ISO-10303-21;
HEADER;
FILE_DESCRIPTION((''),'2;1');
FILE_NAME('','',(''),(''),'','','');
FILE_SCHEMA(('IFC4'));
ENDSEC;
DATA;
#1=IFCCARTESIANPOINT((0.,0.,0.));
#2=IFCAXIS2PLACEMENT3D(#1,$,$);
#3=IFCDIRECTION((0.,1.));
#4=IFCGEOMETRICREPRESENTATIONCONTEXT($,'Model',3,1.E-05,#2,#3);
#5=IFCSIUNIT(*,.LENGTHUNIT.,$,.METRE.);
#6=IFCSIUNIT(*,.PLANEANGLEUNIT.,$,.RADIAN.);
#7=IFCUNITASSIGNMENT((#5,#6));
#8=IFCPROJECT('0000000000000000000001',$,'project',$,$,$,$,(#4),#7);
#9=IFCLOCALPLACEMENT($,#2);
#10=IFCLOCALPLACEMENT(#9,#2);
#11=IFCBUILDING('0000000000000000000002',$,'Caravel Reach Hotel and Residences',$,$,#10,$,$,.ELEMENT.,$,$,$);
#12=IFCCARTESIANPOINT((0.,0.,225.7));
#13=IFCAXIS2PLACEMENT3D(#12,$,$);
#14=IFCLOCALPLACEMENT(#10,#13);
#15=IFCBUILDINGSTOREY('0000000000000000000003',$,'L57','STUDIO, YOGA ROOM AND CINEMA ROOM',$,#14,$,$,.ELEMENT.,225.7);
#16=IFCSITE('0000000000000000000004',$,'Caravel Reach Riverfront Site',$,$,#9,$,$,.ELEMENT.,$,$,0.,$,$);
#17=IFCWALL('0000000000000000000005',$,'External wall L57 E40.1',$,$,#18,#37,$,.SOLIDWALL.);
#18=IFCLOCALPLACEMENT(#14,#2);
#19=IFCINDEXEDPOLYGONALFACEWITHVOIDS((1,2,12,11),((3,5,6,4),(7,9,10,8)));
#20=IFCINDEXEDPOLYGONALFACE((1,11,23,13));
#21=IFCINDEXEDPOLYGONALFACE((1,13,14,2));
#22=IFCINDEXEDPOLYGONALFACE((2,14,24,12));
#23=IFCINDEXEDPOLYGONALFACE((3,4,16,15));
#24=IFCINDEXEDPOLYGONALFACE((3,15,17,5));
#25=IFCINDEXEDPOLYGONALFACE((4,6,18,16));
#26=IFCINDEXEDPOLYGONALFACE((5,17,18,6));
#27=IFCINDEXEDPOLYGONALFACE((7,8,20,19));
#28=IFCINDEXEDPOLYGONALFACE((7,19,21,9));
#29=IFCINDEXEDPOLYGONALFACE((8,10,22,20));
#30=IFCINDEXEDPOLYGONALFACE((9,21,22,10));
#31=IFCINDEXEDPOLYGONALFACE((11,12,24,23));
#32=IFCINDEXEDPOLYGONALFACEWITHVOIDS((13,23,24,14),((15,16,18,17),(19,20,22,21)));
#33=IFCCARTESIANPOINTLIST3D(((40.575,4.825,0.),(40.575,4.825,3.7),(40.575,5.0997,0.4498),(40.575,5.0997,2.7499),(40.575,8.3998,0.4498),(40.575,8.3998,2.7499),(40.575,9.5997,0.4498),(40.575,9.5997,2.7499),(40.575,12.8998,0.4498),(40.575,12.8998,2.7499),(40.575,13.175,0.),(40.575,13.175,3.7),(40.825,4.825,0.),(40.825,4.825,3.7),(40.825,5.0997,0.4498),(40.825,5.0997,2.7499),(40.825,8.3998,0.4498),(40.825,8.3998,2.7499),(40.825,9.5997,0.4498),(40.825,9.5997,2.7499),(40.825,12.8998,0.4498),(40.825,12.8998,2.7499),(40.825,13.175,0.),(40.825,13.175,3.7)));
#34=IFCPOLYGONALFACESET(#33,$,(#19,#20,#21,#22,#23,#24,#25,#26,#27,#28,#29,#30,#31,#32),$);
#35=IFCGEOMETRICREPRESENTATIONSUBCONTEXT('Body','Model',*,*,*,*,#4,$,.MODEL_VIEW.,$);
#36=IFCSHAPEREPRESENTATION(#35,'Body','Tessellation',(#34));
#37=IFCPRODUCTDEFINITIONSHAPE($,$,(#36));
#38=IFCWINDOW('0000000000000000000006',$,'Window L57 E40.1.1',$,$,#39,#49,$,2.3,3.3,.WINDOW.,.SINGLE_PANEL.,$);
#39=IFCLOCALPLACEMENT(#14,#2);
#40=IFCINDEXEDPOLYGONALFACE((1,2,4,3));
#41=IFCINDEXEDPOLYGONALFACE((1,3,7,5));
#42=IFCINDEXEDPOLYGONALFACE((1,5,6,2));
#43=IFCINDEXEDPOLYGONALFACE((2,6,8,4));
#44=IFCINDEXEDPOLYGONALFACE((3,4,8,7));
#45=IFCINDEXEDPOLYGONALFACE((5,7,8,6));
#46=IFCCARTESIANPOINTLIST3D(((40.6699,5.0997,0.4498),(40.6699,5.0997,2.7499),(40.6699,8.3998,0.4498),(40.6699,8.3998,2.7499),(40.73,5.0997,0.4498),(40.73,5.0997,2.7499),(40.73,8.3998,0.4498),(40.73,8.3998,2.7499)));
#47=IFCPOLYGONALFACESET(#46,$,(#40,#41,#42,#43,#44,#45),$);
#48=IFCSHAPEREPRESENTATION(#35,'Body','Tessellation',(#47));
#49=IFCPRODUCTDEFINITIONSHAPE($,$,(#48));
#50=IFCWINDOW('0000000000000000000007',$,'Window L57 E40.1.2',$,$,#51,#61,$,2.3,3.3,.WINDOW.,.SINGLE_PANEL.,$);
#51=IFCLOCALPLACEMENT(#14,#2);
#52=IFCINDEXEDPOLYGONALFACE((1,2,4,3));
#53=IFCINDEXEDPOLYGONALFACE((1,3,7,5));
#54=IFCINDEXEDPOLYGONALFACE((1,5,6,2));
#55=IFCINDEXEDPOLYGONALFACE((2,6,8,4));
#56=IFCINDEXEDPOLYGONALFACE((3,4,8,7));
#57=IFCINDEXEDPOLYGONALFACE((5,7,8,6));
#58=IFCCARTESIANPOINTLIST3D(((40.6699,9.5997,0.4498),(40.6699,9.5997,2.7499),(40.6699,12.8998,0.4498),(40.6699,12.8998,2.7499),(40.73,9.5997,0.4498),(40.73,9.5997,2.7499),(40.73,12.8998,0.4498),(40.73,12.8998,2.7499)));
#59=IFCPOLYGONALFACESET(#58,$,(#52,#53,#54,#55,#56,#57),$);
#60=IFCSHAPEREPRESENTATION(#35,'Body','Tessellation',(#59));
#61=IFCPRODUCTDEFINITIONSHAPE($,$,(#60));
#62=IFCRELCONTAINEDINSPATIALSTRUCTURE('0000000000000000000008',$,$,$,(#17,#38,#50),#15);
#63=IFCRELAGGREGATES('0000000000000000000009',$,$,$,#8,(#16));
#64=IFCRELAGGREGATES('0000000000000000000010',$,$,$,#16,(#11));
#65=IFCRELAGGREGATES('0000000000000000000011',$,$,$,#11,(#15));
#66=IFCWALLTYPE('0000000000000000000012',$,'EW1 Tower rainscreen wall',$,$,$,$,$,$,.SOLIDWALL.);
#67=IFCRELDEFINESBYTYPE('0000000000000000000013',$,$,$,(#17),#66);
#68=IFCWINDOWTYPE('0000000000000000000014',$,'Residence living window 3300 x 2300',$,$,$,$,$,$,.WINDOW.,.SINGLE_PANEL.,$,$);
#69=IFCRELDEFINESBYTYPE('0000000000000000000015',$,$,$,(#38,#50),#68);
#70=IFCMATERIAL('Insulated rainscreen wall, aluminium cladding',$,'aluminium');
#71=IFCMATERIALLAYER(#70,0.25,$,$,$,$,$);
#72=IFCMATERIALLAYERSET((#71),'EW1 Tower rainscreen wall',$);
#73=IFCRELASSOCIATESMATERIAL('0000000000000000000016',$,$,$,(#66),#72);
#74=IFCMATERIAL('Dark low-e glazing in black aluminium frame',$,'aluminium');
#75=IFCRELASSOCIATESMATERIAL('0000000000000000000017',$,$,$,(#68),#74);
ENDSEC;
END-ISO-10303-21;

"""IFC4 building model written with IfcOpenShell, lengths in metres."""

from ifc_helpers import new_model, si_unit, direction, frame, frame_2d, origin, place, context, subcontext, project, spatial, rectangle, extrude, material, layer, layer_set, type_object, element, fill, save


model = new_model("IFC4")

# Units and contexts
model_context = context("Model", 3, precision=1e-05, world=origin(), true_north=direction((0.0, 1.0)))
body_context = subcontext(model_context, "Body", "Model", "MODEL_VIEW")
ifc_project = project(units=[si_unit("LENGTHUNIT", "METRE"), si_unit("PLANEANGLEUNIT", "RADIAN")], contexts=[model_context])

# Site, building, storey
site_placement = place(None, origin())
site = spatial("IfcSite", under=ifc_project, at=site_placement, Name="Caravel Reach Riverfront Site", CompositionType="ELEMENT", RefElevation=0.0)
building_placement = place(site_placement, origin())
building = spatial("IfcBuilding", under=site, at=building_placement, Name="Caravel Reach Hotel and Residences", CompositionType="ELEMENT")
storey_placement = place(building_placement, frame((0.0, 0.0, 225.7)))
storey = spatial("IfcBuildingStorey", under=building, at=storey_placement, Name="L57", Description="STUDIO, YOGA ROOM AND CINEMA ROOM", CompositionType="ELEMENT", Elevation=225.7)

# Shared definitions
ifc_material_1 = material(Name="Insulated rainscreen wall, aluminium cladding", Category="aluminium")
ifc_layer = layer(ifc_material_1, 0.25)
ifc_layer_set = layer_set([ifc_layer], Name="EW1 Tower rainscreen wall")
wall_type = type_object("IfcWallType", Name="EW1 Tower rainscreen wall", PredefinedType="SOLIDWALL", material=ifc_layer_set)
ifc_material_2 = material(Name="Dark low-e glazing in black aluminium frame", Category="aluminium")
window_type_1 = type_object("IfcWindowType", Name="Residence living window 3300 x 2300", PartitioningType="SINGLE_PANEL", PredefinedType="WINDOW", material=ifc_material_2)

# Wall, openings, windows
wall_1_placement = place(storey_placement, frame((40.7, 4.825, 0.0), z_axis=(0.0, 0.0, 1.0), x_axis=(0.0, 1.0, 0.0)))
wall_1 = element("IfcWall", 1, at=wall_1_placement, inside=storey, type_object=wall_type, Name="External wall L57 E40.1", PredefinedType="SOLIDWALL", context=body_context, shape_type="SweptSolid", body=[
    extrude(rectangle(XDim=8.3501, YDim=0.25, at=frame_2d((4.175, 0.0))), origin(), (0.0, 0.0, 1.0), 3.7),
])
opening_1_placement = place(wall_1_placement, frame((0.2749, 0.0, 0.45)))
opening_1 = element("IfcOpeningElement", 2, at=opening_1_placement, cuts=wall_1, PredefinedType="OPENING", context=body_context, shape_type="SweptSolid", body=[
    extrude(rectangle(XDim=3.3, YDim=2.3, at=frame_2d((1.6499, 1.1499))), frame((0.0, 0.135, 0.0), z_axis=(0.0, -1.0, 0.0), x_axis=(1.0, 0.0, 0.0)), (0.0, 0.0, 1.0), 0.27),
])
opening_2_placement = place(wall_1_placement, frame((4.7749, 0.0, 0.45)))
opening_2 = element("IfcOpeningElement", 3, at=opening_2_placement, cuts=wall_1, PredefinedType="OPENING", context=body_context, shape_type="SweptSolid", body=[
    extrude(rectangle(XDim=3.3, YDim=2.3, at=frame_2d((1.6499, 1.1499))), frame((0.0, 0.135, 0.0), z_axis=(0.0, -1.0, 0.0), x_axis=(1.0, 0.0, 0.0)), (0.0, 0.0, 1.0), 0.27),
])
window_1_placement = place(opening_1_placement, origin())
window_1 = element("IfcWindow", 4, at=window_1_placement, inside=storey, type_object=window_type_1, Name="Window L57 E40.1.1", OverallHeight=2.3, OverallWidth=3.3, PartitioningType="SINGLE_PANEL", PredefinedType="WINDOW", context=body_context, shape_type="SweptSolid", body=[
    extrude(rectangle(XDim=3.3, YDim=2.3, at=frame_2d((1.6499, 1.1499))), frame((0.0, 0.03, 0.0), z_axis=(0.0, -1.0, 0.0), x_axis=(1.0, 0.0, 0.0)), (0.0, 0.0, 1.0), 0.0601),
])
fill(opening_1, window_1)
window_2_placement = place(opening_2_placement, origin())
window_2 = element("IfcWindow", 5, at=window_2_placement, inside=storey, type_object=window_type_1, Name="Window L57 E40.1.2", OverallHeight=2.3, OverallWidth=3.3, PartitioningType="SINGLE_PANEL", PredefinedType="WINDOW", context=body_context, shape_type="SweptSolid", body=[
    extrude(rectangle(XDim=3.3, YDim=2.3, at=frame_2d((1.6499, 1.1499))), frame((0.0, 0.03, 0.0), z_axis=(0.0, -1.0, 0.0), x_axis=(1.0, 0.0, 0.0)), (0.0, 0.0, 1.0), 0.0601),
])
fill(opening_2, window_2)

save(model, "model.ifc")
